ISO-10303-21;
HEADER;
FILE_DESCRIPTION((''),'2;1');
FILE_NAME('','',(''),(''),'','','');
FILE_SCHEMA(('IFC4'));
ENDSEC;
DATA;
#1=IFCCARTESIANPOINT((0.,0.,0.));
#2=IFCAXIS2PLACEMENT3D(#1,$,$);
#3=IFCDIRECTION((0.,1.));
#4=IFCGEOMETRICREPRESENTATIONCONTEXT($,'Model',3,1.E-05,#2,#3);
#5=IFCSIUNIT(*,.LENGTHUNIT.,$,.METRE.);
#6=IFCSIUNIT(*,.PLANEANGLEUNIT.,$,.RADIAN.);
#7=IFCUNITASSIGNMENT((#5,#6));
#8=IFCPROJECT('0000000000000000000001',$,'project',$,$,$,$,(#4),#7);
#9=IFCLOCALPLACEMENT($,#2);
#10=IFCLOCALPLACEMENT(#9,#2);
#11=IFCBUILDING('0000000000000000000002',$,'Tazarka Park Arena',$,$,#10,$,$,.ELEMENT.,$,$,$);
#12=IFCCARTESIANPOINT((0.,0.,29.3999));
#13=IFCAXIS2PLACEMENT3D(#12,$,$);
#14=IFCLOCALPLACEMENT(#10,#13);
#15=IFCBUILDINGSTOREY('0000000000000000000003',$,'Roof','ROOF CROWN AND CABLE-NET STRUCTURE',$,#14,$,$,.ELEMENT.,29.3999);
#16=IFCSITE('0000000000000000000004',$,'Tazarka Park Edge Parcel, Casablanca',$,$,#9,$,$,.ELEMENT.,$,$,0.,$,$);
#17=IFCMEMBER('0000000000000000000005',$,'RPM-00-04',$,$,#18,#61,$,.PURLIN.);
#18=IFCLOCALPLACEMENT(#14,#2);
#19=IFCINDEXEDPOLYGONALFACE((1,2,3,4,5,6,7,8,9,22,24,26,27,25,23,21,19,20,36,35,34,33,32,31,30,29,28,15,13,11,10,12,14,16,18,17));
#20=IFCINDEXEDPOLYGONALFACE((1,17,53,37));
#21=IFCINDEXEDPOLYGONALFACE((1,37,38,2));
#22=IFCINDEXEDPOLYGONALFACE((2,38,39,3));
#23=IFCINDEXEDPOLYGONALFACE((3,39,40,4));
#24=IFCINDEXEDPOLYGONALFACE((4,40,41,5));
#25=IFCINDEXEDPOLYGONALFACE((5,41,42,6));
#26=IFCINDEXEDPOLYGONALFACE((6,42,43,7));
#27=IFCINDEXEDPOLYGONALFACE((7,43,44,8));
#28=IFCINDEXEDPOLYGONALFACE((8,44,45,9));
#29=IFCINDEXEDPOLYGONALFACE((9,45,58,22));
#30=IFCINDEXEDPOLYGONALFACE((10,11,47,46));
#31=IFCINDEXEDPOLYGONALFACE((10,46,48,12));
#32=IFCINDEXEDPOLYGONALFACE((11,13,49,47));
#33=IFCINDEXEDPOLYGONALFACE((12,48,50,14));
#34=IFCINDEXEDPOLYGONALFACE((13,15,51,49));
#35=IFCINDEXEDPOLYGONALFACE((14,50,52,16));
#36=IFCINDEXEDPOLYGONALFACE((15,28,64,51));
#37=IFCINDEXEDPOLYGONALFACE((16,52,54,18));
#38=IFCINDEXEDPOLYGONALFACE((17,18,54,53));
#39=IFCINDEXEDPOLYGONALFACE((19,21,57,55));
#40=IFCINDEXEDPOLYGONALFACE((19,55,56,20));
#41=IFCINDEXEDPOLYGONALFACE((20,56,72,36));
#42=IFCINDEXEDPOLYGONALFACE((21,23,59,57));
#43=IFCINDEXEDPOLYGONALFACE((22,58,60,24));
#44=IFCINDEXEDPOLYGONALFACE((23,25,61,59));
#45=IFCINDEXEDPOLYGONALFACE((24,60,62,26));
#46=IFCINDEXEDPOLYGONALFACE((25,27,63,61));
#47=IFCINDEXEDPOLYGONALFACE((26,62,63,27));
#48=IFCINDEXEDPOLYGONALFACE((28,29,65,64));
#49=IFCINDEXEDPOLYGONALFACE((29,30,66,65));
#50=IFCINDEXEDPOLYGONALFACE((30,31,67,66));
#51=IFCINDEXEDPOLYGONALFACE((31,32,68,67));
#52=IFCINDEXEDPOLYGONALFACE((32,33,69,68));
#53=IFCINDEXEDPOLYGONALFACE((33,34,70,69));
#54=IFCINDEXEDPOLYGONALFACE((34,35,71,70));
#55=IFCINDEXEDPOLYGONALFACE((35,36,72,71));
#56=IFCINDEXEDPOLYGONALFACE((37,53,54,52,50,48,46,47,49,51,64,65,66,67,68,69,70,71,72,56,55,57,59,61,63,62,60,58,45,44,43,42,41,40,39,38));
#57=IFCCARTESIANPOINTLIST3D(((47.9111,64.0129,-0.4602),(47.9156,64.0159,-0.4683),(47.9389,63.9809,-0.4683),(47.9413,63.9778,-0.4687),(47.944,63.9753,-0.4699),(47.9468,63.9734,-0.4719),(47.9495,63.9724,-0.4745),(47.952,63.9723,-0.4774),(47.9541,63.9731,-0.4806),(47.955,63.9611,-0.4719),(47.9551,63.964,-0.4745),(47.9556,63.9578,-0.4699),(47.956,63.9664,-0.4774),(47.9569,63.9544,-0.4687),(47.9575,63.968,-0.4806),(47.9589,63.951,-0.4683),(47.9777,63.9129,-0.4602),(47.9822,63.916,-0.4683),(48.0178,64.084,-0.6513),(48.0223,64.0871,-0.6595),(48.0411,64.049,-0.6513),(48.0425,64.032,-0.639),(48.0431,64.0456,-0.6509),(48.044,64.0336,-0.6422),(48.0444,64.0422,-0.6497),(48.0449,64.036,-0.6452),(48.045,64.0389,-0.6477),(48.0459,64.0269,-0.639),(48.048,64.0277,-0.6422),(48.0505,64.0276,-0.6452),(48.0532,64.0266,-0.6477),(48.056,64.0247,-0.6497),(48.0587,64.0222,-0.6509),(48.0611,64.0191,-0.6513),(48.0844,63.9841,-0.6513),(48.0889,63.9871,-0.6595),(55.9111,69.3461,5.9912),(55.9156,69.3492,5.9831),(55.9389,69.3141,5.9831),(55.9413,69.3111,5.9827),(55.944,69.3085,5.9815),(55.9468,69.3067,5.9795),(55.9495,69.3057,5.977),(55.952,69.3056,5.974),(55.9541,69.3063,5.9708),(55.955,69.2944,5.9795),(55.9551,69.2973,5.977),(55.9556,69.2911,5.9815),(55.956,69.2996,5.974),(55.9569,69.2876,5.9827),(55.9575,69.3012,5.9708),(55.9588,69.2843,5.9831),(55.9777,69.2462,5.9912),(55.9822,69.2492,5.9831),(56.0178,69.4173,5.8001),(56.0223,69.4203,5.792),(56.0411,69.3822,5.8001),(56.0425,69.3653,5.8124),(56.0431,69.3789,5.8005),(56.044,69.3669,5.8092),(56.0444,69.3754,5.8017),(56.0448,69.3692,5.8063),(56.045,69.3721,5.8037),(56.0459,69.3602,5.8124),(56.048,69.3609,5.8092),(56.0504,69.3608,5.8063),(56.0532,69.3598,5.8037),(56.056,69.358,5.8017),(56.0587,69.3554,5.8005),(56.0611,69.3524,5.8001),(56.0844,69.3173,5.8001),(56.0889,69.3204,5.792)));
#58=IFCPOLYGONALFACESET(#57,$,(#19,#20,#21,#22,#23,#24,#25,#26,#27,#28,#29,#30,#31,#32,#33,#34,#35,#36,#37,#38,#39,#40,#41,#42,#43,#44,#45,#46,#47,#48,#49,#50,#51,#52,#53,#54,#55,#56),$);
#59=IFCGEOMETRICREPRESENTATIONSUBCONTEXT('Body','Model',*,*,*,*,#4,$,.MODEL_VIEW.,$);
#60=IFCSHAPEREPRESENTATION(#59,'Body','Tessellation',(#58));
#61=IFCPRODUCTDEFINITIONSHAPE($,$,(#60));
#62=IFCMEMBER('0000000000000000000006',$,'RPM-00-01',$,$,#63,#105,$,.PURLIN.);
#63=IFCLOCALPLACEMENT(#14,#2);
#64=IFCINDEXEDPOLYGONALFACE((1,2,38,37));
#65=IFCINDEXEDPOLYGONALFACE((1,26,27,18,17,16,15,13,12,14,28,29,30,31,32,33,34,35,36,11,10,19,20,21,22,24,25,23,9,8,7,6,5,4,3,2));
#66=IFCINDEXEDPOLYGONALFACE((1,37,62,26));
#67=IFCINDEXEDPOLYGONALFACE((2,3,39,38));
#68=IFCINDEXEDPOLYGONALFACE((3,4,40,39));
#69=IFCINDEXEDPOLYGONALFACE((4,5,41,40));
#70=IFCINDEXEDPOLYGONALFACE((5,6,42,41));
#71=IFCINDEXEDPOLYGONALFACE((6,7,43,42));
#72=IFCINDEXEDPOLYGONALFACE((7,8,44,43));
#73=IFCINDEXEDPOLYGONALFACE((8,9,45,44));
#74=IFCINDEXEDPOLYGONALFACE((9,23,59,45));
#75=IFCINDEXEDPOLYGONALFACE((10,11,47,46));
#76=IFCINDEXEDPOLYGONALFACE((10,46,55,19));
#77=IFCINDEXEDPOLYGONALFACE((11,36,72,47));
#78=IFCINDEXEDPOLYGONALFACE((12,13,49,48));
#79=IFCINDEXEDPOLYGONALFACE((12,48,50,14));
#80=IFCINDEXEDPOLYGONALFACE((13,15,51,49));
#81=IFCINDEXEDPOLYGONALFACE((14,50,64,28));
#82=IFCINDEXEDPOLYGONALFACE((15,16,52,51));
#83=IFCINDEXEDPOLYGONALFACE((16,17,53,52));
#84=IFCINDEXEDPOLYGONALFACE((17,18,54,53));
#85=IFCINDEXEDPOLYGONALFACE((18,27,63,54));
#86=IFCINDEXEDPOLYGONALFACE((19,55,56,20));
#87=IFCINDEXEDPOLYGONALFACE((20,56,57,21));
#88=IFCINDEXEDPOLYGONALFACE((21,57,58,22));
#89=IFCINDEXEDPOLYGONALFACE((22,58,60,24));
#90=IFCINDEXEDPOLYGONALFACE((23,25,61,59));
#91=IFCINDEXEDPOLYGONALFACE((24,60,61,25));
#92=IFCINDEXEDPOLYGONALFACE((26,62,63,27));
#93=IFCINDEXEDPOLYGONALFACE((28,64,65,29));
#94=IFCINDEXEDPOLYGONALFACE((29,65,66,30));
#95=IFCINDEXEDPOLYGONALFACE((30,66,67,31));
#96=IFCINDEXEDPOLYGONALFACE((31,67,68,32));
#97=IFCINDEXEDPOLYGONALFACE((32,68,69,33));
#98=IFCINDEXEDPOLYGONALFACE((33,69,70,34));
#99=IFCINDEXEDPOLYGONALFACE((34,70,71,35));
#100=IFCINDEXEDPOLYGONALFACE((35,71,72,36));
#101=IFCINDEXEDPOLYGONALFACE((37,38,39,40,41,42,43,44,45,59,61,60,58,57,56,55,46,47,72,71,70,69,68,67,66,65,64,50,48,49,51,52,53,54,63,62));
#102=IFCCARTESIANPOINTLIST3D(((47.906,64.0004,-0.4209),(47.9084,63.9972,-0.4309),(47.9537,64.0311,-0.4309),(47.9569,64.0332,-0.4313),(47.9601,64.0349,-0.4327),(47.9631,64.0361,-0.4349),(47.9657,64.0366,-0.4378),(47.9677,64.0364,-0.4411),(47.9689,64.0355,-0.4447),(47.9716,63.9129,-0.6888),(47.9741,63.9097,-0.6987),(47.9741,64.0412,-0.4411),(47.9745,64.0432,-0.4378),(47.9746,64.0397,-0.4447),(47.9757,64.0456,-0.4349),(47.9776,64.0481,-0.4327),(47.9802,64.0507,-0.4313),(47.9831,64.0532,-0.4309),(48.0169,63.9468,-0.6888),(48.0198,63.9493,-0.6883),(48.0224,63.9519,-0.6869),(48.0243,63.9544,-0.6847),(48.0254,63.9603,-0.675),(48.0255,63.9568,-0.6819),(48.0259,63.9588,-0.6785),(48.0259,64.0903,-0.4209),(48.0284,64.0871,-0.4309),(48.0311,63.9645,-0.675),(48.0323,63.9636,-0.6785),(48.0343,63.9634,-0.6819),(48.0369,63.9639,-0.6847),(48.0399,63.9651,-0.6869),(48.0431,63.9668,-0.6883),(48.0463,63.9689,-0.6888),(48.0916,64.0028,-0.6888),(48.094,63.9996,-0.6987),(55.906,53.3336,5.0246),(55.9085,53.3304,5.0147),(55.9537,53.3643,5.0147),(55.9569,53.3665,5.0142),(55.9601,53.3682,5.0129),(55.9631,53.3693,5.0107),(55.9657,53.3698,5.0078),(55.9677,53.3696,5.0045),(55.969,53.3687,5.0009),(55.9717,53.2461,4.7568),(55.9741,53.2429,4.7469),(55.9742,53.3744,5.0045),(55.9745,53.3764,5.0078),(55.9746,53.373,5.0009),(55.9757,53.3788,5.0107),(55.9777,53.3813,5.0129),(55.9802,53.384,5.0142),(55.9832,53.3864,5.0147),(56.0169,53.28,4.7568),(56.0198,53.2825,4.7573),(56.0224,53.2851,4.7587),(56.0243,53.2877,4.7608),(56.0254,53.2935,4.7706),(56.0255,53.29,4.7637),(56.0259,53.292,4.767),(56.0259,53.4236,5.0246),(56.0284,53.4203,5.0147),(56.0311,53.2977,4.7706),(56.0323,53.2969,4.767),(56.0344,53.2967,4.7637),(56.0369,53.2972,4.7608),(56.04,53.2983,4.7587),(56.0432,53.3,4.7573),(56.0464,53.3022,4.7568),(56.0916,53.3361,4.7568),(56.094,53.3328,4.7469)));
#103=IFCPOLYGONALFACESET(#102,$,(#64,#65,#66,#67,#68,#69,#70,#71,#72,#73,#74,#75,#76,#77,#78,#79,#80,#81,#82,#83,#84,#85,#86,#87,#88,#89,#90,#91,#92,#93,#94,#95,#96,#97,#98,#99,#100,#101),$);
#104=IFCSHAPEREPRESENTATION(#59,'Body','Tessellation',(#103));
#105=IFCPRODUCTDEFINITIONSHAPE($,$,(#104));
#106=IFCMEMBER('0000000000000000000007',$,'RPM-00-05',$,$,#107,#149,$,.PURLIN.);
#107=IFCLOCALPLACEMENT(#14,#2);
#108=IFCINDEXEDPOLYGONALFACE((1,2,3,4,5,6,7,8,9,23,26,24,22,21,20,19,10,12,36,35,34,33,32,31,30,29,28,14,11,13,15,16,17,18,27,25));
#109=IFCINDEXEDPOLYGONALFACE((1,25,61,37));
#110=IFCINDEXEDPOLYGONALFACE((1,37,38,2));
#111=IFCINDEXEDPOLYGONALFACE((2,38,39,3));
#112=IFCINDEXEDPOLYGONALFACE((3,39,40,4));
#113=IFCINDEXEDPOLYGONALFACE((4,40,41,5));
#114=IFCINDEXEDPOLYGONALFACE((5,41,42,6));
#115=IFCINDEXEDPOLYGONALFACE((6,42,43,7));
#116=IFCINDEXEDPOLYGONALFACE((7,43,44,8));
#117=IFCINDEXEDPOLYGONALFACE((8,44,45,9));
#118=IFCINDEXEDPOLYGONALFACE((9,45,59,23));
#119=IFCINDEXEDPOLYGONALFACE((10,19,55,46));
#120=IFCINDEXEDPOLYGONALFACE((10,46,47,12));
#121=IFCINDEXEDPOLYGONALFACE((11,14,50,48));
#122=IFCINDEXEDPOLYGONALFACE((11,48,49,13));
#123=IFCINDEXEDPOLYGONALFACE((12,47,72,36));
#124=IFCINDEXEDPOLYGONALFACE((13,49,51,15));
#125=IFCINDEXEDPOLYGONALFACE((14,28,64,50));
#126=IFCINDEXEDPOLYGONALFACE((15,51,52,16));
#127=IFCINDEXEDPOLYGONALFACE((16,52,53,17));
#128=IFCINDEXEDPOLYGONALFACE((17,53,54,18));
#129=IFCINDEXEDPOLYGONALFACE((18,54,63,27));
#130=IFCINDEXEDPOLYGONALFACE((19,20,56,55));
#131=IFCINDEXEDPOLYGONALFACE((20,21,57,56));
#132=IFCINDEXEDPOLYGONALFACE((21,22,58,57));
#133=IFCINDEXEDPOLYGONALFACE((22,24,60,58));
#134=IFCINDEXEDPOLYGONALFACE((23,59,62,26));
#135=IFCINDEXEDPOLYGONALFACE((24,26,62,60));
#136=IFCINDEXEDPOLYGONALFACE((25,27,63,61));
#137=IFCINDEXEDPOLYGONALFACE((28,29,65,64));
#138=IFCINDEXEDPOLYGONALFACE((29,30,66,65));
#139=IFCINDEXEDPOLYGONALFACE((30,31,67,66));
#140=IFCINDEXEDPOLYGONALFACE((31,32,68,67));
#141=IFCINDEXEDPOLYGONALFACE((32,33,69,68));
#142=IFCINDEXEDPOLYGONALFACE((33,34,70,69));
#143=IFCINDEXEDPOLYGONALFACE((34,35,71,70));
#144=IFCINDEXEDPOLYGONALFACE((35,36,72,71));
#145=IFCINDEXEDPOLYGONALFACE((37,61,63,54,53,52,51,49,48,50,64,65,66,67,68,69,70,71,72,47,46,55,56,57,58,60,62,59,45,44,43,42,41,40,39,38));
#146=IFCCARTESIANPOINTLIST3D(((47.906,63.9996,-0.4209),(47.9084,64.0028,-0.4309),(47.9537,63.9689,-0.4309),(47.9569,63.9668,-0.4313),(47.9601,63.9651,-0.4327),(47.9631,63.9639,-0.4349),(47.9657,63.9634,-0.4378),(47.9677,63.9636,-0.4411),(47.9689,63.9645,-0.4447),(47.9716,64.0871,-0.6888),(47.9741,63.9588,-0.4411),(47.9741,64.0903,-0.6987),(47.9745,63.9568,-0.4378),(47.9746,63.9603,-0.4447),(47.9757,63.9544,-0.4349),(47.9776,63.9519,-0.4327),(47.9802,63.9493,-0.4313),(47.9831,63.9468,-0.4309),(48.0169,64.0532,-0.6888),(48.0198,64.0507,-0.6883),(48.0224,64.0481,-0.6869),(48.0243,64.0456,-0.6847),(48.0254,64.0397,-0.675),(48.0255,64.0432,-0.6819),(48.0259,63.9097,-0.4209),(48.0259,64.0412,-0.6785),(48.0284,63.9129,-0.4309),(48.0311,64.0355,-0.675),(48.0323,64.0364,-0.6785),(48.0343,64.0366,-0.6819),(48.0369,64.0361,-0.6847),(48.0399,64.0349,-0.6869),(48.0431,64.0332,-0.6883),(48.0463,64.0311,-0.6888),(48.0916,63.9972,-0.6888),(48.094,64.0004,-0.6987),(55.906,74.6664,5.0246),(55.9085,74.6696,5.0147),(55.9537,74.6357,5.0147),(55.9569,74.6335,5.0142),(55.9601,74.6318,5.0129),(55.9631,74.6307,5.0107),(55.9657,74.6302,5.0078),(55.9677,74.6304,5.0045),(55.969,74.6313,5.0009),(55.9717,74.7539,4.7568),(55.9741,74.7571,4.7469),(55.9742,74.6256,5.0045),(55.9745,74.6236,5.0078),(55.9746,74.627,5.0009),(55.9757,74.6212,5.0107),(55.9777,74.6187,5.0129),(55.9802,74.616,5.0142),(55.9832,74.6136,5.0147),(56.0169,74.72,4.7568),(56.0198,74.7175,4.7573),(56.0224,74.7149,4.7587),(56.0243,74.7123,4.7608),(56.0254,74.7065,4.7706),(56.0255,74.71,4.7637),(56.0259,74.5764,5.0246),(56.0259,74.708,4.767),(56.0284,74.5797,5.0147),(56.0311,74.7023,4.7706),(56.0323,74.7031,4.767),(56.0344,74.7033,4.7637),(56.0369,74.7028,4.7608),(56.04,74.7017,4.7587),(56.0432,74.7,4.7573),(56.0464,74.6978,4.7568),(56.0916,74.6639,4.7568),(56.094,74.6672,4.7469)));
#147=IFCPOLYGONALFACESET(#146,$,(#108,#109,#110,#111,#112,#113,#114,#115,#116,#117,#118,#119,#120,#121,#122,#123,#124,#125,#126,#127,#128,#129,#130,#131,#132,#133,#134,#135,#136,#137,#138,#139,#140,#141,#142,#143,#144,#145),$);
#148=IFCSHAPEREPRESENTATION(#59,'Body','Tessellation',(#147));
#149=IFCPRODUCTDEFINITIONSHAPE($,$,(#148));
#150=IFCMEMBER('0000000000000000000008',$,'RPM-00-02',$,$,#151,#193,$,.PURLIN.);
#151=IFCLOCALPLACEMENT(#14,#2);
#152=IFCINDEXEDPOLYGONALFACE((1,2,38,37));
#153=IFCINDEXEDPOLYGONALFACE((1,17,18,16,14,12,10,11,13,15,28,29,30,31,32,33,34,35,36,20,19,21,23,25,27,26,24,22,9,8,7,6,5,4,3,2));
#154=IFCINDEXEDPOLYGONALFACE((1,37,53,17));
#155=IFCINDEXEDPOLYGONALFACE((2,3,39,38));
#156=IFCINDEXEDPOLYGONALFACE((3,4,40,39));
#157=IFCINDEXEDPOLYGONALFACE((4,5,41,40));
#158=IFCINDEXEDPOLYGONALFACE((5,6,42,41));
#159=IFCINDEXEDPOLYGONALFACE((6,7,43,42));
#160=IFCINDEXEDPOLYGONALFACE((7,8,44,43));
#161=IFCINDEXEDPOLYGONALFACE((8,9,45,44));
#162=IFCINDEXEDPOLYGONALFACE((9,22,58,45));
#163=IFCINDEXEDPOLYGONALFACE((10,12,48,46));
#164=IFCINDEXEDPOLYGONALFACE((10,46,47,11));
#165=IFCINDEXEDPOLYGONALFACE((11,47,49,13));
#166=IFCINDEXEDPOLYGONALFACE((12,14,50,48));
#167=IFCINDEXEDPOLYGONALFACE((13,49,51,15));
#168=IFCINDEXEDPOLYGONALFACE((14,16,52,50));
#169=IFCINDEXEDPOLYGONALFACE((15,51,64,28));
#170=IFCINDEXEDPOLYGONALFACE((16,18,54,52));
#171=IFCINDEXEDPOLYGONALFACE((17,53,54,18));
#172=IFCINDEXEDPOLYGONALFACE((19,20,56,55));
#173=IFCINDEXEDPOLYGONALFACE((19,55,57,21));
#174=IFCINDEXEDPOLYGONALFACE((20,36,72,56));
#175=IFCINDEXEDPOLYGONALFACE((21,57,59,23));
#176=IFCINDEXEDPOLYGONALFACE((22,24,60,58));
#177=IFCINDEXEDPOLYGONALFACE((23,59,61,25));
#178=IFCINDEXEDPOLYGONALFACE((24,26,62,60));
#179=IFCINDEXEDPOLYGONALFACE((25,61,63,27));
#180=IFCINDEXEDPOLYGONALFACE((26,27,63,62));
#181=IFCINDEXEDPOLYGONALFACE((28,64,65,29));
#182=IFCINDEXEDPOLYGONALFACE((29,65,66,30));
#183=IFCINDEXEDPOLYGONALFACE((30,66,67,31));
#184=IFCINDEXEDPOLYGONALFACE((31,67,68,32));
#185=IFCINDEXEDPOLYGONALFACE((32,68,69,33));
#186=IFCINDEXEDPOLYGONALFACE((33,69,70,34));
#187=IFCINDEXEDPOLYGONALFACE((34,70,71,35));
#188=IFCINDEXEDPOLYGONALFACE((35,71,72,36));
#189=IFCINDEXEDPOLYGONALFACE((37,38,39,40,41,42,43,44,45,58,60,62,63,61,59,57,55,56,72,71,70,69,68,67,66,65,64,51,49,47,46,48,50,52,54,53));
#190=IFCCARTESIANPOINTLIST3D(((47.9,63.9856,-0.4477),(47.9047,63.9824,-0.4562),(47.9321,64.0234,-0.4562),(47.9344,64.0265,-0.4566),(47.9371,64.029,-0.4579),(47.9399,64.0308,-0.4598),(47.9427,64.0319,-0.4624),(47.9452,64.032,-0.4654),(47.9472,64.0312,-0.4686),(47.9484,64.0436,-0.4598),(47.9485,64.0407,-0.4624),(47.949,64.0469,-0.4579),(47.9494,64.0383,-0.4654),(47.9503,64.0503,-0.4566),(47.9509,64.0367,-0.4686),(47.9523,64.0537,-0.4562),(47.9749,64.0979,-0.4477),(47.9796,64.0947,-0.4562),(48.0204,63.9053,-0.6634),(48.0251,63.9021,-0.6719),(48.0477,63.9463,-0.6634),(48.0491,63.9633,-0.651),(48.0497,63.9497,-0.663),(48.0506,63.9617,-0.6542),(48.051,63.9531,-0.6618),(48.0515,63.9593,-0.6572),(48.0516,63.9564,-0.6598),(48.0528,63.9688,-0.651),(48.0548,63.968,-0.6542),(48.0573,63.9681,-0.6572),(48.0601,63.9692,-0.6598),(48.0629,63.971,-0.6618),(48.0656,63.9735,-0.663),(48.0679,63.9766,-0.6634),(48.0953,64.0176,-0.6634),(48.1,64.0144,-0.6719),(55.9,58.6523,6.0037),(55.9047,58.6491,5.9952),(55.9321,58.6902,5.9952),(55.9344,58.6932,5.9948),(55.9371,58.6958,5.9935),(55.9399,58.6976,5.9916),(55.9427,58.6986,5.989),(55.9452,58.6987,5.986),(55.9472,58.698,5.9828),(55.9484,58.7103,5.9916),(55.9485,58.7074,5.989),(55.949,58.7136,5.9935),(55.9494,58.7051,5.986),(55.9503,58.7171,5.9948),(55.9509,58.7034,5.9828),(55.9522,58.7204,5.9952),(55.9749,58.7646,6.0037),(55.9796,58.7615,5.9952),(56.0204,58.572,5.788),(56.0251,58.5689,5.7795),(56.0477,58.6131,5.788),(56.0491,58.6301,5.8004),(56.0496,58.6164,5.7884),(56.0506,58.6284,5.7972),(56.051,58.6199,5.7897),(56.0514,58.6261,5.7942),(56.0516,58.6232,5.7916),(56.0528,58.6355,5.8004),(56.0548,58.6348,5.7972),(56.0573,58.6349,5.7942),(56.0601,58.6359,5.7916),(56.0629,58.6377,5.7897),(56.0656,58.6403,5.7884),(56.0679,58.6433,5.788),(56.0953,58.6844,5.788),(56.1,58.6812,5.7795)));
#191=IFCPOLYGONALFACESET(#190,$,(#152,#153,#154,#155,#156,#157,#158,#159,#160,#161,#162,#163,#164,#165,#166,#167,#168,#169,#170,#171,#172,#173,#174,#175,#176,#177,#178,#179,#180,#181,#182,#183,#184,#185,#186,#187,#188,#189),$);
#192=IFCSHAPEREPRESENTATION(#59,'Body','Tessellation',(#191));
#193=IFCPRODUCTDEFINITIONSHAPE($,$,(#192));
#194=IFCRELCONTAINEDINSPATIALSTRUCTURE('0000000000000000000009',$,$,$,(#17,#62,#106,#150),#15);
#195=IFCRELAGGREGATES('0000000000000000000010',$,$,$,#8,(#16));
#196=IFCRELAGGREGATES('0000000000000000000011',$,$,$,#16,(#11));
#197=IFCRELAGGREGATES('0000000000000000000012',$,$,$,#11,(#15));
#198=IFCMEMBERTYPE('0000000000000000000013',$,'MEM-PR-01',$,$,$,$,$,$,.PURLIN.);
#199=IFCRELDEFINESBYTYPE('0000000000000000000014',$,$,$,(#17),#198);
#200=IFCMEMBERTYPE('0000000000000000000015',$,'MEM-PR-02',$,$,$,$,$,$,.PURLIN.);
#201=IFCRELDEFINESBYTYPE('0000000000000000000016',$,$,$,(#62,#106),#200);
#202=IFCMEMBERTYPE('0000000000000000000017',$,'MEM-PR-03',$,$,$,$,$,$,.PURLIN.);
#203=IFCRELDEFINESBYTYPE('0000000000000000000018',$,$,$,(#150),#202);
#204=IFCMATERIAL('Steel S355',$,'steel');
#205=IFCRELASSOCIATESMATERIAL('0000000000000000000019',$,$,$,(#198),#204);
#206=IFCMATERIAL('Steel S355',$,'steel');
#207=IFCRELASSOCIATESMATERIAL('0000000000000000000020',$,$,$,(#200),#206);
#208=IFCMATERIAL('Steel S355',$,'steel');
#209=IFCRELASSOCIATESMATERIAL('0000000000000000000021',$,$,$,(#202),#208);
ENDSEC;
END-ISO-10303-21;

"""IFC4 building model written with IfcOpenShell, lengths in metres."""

from ifc_helpers import new_model, si_unit, direction, frame, origin, origin_2d, place, context, subcontext, project, spatial, i_section, extrude, material, material_profile, profile_set, type_object, element, save


model = new_model("IFC4")

# Units and contexts
model_context = context("Model", 3, precision=1e-05, world=origin(), true_north=direction((0.0, 1.0)))
body_context = subcontext(model_context, "Body", "Model", "MODEL_VIEW")
ifc_project = project(units=[si_unit("LENGTHUNIT", "METRE"), si_unit("PLANEANGLEUNIT", "RADIAN")], contexts=[model_context])

# Site, building, storey
site_placement = place(None, origin())
site = spatial("IfcSite", under=ifc_project, at=site_placement, Name="Tazarka Park Edge Parcel, Casablanca", CompositionType="ELEMENT", RefElevation=0.0)
building_placement = place(site_placement, origin())
building = spatial("IfcBuilding", under=site, at=building_placement, Name="Tazarka Park Arena", CompositionType="ELEMENT")
storey_placement = place(building_placement, frame((0.0, 0.0, 29.3999)))
storey = spatial("IfcBuildingStorey", under=building, at=storey_placement, Name="Roof", Description="ROOF CROWN AND CABLE-NET STRUCTURE", CompositionType="ELEMENT", Elevation=29.3999)

# Members
ifc_material_1 = material(Name="Steel S355", Category="steel")
ifc_material_profile_1 = material_profile(ifc_material_1, i_section(OverallWidth=0.1201, OverallDepth=0.24, WebThickness=0.0061, FlangeThickness=0.0098, FilletRadius=0.0149, at=origin_2d()), Name="Steel S355")
ifc_profile_set_1 = profile_set([ifc_material_profile_1], Name="Steel S355")
member_type_1 = type_object("IfcMemberType", Name="MEM-PR-01", PredefinedType="PURLIN", material=ifc_profile_set_1)
member_1_placement = place(storey_placement, frame((48.0, 64.0, -0.5598), z_axis=(0.690929, 0.460612, 0.557184), x_axis=(-0.554694, 0.832054, 0.0)))
element("IfcMember", 1, at=member_1_placement, inside=storey, type_object=member_type_1, Name="RPM-00-04", PredefinedType="PURLIN", context=body_context, shape_type="SweptSolid", body=[
    extrude(i_section(OverallWidth=0.1201, OverallDepth=0.24, WebThickness=0.0061, FlangeThickness=0.0098, FilletRadius=0.0149, at=origin_2d()), origin(), (0.0, 0.0, 1.0), 11.5786),
])
ifc_material_2 = material(Name="Steel S355", Category="steel")
ifc_material_profile_2 = material_profile(ifc_material_2, i_section(OverallWidth=0.1499, OverallDepth=0.3, WebThickness=0.0071, FlangeThickness=0.0107, FilletRadius=0.0149, at=origin_2d()), Name="Steel S355")
ifc_profile_set_2 = profile_set([ifc_material_profile_2], Name="Steel S355")
member_type_2 = type_object("IfcMemberType", Name="MEM-PR-02", PredefinedType="PURLIN", material=ifc_profile_set_2)
for number, where, z_axis, x_axis, name in (
    (2, (48.0, 64.0, -0.5598), (0.555457, -0.740615, 0.378097), (0.800002, 0.599997, 0.0), "RPM-00-01"),
    (3, (48.0, 64.0, -0.5598), (0.555457, 0.740615, 0.378097), (-0.800002, 0.599997, 0.0), "RPM-00-05"),
):
    element("IfcMember", number, at=place(storey_placement, frame(where, z_axis=z_axis, x_axis=x_axis)), inside=storey, type_object=member_type_2, Name=name, PredefinedType="PURLIN", context=body_context, shape_type="SweptSolid", body=[
        extrude(i_section(OverallWidth=0.1499, OverallDepth=0.3, WebThickness=0.0071, FlangeThickness=0.0107, FilletRadius=0.0149, at=origin_2d()), origin(), (0.0, 0.0, 1.0), 14.4026),
    ])
ifc_material_3 = material(Name="Steel S355", Category="steel")
ifc_material_profile_3 = material_profile(ifc_material_3, i_section(OverallWidth=0.135, OverallDepth=0.27, WebThickness=0.0066, FlangeThickness=0.0103, FilletRadius=0.0149, at=origin_2d()), Name="Steel S355")
ifc_profile_set_3 = profile_set([ifc_material_profile_3], Name="Steel S355")
member_type_3 = type_object("IfcMemberType", Name="MEM-PR-03", PredefinedType="PURLIN", material=ifc_profile_set_3)
member_2_placement = place(storey_placement, frame((48.0, 64.0, -0.5598), z_axis=(0.690929, -0.460612, 0.557184), x_axis=(0.554694, 0.832054, 0.0)))
element("IfcMember", 4, at=member_2_placement, inside=storey, type_object=member_type_3, Name="RPM-00-02", PredefinedType="PURLIN", context=body_context, shape_type="SweptSolid", body=[
    extrude(i_section(OverallWidth=0.135, OverallDepth=0.27, WebThickness=0.0066, FlangeThickness=0.0103, FilletRadius=0.0149, at=origin_2d()), origin(), (0.0, 0.0, 1.0), 11.5786),
])

save(model, "model.ifc")
